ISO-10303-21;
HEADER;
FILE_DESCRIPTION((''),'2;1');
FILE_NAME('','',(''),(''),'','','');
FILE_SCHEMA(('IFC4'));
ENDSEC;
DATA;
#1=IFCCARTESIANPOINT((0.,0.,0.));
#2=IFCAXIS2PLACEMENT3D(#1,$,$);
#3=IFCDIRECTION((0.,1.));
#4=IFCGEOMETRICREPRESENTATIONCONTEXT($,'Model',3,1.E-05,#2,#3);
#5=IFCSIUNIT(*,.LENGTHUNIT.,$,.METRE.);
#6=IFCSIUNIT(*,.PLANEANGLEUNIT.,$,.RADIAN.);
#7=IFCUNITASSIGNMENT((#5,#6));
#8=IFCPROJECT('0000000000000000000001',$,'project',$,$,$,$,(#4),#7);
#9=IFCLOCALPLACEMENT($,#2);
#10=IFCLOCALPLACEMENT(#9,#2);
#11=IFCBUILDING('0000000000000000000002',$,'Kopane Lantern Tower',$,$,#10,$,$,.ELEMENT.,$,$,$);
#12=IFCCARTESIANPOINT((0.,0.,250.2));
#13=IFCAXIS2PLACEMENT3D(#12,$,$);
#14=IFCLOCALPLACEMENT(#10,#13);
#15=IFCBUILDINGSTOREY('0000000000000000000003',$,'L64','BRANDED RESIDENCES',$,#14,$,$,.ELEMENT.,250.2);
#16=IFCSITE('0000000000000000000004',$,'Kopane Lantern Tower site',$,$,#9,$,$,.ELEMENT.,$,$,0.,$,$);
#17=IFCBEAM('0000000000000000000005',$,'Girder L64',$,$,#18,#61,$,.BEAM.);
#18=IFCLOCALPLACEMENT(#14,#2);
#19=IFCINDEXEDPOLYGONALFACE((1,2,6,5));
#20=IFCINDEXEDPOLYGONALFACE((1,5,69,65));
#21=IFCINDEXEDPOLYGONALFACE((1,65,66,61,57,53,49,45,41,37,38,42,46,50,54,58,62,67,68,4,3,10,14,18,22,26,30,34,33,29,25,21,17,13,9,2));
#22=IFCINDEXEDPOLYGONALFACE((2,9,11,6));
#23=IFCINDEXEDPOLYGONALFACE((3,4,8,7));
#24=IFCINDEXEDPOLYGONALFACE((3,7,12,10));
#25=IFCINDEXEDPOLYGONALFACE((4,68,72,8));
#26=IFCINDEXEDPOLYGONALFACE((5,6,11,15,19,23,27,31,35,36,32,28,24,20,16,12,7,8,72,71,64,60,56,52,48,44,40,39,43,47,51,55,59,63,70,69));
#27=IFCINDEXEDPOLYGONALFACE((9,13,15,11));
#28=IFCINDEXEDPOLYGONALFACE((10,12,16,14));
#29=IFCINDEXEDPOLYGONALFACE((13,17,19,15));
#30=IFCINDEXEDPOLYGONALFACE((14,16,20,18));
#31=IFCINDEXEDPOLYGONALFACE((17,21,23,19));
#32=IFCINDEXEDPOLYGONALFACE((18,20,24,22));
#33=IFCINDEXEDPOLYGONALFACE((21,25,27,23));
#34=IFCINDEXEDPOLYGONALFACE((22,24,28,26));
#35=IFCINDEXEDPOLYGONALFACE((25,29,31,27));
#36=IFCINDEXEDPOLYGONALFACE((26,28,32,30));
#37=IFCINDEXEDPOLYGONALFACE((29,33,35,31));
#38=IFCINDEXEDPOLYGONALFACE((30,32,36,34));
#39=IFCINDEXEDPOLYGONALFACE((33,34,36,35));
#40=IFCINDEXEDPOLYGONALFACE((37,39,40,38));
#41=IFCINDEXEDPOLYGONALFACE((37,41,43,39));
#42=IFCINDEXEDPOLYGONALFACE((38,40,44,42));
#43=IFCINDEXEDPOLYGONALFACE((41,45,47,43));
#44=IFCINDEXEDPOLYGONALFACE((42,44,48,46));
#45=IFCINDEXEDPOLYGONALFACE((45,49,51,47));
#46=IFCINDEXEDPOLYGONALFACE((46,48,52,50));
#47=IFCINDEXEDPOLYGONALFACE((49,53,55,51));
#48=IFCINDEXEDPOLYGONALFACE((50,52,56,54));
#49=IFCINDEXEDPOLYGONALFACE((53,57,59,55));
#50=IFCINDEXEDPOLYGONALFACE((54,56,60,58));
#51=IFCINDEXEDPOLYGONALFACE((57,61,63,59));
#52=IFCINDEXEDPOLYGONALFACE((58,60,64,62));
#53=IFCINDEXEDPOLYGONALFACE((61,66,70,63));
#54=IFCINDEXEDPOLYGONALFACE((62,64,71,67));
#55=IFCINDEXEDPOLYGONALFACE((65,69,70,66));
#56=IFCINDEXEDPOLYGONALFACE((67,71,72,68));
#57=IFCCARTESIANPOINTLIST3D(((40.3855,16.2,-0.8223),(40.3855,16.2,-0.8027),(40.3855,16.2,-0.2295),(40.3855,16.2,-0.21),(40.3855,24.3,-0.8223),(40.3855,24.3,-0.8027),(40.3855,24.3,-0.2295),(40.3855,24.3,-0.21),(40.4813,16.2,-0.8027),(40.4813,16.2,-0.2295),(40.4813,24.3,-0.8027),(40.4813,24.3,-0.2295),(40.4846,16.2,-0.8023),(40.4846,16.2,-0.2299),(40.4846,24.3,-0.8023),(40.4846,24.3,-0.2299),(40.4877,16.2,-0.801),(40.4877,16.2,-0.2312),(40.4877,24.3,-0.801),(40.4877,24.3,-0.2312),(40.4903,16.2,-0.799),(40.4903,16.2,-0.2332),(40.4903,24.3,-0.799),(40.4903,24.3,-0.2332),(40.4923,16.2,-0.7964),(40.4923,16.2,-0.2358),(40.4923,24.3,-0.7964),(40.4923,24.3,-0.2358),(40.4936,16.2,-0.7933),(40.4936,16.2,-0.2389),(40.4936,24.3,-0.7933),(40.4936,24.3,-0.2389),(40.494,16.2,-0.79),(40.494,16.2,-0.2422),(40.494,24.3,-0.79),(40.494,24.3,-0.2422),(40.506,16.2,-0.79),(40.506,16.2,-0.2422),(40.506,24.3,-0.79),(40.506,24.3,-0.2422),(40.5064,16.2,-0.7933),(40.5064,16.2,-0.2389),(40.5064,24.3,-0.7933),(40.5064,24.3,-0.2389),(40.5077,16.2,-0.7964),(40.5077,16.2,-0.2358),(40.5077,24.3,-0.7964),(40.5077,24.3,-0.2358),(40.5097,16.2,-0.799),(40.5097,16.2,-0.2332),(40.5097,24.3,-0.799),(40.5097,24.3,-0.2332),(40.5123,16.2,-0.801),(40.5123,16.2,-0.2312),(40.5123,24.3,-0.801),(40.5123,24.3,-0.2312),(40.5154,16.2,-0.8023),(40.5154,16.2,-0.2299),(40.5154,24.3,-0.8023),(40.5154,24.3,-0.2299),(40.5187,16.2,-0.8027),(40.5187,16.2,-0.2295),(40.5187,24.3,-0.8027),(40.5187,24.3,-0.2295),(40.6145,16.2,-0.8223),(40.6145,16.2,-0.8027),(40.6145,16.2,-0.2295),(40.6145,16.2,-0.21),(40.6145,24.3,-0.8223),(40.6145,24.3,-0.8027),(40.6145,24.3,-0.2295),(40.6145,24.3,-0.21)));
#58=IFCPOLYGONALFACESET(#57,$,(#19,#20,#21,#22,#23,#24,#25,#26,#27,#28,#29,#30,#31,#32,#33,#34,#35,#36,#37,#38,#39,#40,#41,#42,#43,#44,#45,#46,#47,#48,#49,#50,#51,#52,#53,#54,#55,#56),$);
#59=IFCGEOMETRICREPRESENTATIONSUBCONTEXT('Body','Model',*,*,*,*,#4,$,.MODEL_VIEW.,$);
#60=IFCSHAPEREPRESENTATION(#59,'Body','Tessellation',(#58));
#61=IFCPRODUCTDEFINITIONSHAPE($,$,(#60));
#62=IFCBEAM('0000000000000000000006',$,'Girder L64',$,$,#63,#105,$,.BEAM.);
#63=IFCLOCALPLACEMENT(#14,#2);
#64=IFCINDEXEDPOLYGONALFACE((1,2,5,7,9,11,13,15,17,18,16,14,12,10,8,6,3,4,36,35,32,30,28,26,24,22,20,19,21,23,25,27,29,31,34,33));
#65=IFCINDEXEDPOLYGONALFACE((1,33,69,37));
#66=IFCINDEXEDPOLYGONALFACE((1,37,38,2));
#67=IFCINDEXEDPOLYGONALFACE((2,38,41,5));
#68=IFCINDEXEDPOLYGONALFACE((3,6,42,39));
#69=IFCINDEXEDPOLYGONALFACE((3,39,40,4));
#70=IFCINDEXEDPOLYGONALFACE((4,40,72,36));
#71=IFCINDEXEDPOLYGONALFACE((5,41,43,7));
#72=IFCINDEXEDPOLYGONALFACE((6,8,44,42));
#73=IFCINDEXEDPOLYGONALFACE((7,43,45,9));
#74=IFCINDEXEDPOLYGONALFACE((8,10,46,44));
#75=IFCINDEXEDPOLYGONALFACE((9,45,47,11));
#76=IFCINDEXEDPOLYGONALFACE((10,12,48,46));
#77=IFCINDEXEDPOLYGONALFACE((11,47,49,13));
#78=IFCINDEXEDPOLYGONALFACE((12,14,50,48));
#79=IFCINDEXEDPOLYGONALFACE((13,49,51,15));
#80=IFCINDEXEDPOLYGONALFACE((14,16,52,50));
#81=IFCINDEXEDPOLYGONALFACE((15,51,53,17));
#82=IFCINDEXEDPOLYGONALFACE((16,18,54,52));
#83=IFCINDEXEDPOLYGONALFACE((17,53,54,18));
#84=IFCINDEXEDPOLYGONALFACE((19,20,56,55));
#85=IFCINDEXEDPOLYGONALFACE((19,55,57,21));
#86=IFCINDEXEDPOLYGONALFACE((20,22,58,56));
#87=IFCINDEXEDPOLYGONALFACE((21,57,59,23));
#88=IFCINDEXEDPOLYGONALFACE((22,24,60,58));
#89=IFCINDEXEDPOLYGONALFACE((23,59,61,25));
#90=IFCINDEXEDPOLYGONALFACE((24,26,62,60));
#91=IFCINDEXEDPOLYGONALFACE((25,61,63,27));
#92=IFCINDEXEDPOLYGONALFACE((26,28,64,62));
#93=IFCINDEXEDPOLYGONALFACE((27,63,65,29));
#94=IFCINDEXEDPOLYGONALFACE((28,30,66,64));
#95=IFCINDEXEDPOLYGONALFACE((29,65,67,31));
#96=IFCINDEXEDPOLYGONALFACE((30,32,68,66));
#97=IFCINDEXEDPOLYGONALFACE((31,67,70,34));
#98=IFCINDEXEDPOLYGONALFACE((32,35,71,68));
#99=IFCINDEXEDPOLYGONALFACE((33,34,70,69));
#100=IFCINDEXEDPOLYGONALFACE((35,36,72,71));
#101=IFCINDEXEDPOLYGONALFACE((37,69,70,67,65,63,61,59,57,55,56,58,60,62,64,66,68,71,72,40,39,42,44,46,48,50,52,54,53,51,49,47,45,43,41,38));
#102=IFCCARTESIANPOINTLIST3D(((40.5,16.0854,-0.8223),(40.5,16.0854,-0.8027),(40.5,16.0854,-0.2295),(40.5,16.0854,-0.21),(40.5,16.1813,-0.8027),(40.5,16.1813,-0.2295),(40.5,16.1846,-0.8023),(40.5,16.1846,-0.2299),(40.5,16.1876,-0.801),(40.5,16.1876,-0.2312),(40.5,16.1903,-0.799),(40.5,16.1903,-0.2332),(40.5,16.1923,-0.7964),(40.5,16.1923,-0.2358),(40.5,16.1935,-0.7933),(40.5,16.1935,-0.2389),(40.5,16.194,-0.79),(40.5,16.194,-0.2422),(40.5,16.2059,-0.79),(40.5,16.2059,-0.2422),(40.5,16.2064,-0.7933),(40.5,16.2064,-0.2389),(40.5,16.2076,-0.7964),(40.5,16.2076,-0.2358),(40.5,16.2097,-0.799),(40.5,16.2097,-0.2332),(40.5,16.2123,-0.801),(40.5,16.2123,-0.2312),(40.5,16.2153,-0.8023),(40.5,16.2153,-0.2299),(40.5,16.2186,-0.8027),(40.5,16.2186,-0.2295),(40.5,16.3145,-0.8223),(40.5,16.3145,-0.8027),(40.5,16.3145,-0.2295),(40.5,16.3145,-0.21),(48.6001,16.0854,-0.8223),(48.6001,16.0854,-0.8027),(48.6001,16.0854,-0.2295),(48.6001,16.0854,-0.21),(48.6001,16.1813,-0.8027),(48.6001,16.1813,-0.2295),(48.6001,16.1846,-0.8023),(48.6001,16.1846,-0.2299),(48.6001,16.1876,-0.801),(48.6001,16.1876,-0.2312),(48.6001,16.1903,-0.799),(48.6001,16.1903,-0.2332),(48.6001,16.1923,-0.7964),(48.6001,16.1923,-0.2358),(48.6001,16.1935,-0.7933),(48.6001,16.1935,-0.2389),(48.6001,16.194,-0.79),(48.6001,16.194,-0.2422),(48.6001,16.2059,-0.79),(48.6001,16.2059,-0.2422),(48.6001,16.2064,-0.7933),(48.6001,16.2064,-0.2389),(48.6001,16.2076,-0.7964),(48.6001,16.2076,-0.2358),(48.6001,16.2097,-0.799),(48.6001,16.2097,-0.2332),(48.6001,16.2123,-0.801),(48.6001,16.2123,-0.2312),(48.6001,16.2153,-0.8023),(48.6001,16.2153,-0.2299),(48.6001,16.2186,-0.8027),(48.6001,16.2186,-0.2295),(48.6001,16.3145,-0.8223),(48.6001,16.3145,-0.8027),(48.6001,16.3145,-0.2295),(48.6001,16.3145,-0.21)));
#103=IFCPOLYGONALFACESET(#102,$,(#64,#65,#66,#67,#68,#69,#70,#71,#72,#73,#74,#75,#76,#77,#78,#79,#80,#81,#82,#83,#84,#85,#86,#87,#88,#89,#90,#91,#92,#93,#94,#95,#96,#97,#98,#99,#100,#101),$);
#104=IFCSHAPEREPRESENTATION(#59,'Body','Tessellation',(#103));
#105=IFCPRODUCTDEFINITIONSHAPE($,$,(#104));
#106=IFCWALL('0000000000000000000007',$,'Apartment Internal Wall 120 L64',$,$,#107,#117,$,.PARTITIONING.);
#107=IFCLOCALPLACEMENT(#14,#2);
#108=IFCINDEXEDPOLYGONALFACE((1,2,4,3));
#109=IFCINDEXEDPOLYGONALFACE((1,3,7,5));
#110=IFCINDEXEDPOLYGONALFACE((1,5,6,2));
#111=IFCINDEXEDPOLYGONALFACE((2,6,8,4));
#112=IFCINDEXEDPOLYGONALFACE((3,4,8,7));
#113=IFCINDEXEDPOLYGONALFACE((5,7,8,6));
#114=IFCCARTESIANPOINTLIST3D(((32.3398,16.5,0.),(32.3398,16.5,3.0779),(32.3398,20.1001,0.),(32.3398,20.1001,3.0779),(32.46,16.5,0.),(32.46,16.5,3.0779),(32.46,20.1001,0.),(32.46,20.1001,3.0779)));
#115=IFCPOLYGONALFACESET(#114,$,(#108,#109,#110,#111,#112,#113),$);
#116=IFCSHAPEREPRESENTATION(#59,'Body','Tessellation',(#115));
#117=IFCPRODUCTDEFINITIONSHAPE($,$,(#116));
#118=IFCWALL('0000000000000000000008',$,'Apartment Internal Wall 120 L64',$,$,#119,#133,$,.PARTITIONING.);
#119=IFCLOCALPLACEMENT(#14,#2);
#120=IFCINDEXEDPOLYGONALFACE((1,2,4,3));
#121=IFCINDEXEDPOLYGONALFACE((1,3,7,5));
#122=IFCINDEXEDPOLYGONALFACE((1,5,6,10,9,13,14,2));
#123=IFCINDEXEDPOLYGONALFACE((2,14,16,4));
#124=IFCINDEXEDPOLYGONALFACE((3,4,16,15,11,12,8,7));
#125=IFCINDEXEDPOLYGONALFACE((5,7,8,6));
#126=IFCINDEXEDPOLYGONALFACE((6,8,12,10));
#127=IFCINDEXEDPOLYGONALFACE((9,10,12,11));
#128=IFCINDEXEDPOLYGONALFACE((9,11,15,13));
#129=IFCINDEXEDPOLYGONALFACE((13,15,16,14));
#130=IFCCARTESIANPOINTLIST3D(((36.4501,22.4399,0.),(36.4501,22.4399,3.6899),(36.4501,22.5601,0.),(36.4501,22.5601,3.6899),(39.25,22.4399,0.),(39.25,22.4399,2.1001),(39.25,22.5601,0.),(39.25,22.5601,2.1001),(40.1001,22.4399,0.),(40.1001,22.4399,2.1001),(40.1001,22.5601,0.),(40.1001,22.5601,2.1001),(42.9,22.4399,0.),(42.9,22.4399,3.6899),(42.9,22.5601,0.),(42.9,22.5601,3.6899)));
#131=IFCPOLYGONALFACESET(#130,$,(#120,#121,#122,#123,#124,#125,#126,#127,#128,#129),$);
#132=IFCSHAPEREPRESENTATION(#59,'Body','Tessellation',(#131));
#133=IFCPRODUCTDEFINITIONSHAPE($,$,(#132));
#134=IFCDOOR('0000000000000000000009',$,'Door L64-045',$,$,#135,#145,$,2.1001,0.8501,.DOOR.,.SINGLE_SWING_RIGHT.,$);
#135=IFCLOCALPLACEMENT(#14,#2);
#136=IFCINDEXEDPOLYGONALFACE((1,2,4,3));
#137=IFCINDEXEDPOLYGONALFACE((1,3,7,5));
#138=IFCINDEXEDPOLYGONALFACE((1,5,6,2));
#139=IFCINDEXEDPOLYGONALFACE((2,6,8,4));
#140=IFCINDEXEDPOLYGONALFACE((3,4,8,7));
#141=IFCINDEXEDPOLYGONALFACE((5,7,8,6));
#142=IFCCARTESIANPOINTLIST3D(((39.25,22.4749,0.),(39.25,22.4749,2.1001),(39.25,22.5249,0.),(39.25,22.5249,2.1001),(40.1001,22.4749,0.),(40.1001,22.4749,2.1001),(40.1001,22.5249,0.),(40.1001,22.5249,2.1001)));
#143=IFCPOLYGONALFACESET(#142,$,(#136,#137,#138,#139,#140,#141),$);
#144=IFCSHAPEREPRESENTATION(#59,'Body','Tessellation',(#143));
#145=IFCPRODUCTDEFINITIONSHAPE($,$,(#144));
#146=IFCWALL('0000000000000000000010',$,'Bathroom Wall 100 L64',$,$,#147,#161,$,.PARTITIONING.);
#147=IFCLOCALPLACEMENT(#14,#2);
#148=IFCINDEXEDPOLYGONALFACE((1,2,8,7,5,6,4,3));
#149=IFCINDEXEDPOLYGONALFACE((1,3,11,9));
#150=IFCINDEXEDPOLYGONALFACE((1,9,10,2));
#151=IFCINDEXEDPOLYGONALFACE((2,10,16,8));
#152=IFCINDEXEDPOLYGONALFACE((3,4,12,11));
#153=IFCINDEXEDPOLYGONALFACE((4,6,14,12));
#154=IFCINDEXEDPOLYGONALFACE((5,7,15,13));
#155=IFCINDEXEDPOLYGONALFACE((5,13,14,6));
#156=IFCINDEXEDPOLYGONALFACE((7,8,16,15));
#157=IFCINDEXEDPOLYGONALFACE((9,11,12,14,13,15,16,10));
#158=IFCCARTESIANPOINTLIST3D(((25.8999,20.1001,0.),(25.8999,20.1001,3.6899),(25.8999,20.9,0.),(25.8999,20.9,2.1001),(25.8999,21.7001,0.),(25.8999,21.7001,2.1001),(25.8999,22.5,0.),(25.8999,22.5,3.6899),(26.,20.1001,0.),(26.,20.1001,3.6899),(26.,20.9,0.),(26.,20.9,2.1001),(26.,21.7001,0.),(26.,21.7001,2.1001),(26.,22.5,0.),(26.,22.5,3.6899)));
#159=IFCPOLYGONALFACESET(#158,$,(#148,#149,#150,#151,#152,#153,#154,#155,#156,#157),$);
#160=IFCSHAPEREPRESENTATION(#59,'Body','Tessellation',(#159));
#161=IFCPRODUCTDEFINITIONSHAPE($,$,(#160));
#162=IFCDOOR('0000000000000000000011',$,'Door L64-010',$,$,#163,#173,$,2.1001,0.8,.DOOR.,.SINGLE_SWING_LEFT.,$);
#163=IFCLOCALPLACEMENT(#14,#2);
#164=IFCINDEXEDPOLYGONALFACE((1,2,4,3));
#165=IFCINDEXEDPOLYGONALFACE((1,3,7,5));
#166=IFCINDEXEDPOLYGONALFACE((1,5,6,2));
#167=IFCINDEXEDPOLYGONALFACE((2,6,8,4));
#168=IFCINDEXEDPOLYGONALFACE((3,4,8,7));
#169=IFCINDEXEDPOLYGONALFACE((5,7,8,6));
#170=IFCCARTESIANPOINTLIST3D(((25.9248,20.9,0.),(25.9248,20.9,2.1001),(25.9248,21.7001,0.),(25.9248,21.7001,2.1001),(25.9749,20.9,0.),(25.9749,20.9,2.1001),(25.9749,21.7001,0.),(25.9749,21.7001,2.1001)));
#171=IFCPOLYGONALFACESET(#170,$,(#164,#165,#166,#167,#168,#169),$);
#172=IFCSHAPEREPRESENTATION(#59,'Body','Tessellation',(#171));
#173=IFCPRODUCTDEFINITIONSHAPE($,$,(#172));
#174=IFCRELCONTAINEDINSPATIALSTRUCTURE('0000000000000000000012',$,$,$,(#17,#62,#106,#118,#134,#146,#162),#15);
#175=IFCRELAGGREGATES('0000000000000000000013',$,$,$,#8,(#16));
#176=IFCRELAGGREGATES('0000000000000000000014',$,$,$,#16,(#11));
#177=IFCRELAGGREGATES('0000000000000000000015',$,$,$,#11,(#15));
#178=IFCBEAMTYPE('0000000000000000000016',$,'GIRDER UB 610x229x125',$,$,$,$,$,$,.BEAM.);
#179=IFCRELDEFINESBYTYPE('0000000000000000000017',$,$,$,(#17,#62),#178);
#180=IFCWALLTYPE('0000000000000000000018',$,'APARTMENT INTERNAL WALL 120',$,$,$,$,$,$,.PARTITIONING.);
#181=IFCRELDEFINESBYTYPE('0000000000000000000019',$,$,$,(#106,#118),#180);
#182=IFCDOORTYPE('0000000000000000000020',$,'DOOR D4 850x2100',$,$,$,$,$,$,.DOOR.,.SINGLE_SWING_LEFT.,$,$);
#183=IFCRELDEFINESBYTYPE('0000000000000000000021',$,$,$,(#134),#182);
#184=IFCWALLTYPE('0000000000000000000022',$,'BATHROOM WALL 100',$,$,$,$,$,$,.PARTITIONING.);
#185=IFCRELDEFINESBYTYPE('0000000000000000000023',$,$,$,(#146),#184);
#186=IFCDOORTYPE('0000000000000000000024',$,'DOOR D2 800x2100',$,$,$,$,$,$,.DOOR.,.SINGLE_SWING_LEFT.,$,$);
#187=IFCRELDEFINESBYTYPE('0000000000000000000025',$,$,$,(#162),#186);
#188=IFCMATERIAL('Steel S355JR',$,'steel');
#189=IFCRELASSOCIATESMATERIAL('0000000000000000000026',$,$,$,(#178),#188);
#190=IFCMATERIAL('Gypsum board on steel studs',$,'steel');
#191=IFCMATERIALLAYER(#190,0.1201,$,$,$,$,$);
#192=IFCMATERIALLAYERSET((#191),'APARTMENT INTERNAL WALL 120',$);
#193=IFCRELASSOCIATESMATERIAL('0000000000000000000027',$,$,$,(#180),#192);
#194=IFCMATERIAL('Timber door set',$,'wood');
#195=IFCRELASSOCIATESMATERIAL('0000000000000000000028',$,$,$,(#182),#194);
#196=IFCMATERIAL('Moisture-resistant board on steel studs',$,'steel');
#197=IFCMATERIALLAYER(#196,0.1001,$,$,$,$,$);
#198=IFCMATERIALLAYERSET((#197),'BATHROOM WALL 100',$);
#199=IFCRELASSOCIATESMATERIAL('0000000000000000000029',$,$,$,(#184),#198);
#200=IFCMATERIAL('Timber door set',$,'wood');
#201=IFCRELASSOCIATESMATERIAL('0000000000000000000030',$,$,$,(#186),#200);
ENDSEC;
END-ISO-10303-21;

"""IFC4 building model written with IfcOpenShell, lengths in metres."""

from ifc_helpers import new_model, si_unit, direction, frame, frame_2d, origin, origin_2d, place, context, subcontext, project, spatial, rectangle, i_section, extrude, material, layer, layer_set, material_profile, profile_set, type_object, element, fill, save


model = new_model("IFC4")

# Units and contexts
model_context = context("Model", 3, precision=1e-05, world=origin(), true_north=direction((0.0, 1.0)))
body_context = subcontext(model_context, "Body", "Model", "MODEL_VIEW")
ifc_project = project(units=[si_unit("LENGTHUNIT", "METRE"), si_unit("PLANEANGLEUNIT", "RADIAN")], contexts=[model_context])

# Site, building, storey
site_placement = place(None, origin())
site = spatial("IfcSite", under=ifc_project, at=site_placement, Name="Kopane Lantern Tower site", CompositionType="ELEMENT", RefElevation=0.0)
building_placement = place(site_placement, origin())
building = spatial("IfcBuilding", under=site, at=building_placement, Name="Kopane Lantern Tower", CompositionType="ELEMENT")
storey_placement = place(building_placement, frame((0.0, 0.0, 250.2)))
storey = spatial("IfcBuildingStorey", under=building, at=storey_placement, Name="L64", Description="BRANDED RESIDENCES", CompositionType="ELEMENT", Elevation=250.2)

# Beams
ifc_material_1 = material(Name="Steel S355JR", Category="steel")
ifc_material_profile_1 = material_profile(ifc_material_1, i_section(OverallWidth=0.229, OverallDepth=0.6123, WebThickness=0.012, FlangeThickness=0.0195, FilletRadius=0.0127, at=origin_2d()), Name="UB 610x229x125")
ifc_profile_set_1 = profile_set([ifc_material_profile_1], Name="Steel S355JR")
beam_type_1 = type_object("IfcBeamType", Name="GIRDER UB 610x229x125", PredefinedType="BEAM", material=ifc_profile_set_1)
for number, where, z_axis, x_axis, name in (
    (1, (40.5, 16.2, -0.5161), (0.0, 1.0, 0.0), (-1.0, 0.0, 0.0), "Girder L64"),
    (2, (40.5, 16.2, -0.5161), (1.0, 0.0, 0.0), (0.0, 1.0, 0.0), "Girder L64"),
):
    element("IfcBeam", number, at=place(storey_placement, frame(where, z_axis=z_axis, x_axis=x_axis)), inside=storey, type_object=beam_type_1, Name=name, PredefinedType="BEAM", context=body_context, shape_type="SweptSolid", body=[
        extrude(i_section(OverallWidth=0.229, OverallDepth=0.6123, WebThickness=0.012, FlangeThickness=0.0195, FilletRadius=0.0127, at=origin_2d()), origin(), (0.0, 0.0, 1.0), 8.1001),
    ])

# Wall
ifc_material_2 = material(Name="Gypsum board on steel studs", Category="steel")
ifc_layer_1 = layer(ifc_material_2, 0.1201)
ifc_layer_set_1 = layer_set([ifc_layer_1], Name="APARTMENT INTERNAL WALL 120")
wall_type_1 = type_object("IfcWallType", Name="APARTMENT INTERNAL WALL 120", PredefinedType="PARTITIONING", material=ifc_layer_set_1)
wall_1_placement = place(storey_placement, frame((32.3999, 20.1001, 0.0), z_axis=(0.0, 0.0, 1.0), x_axis=(0.0, -1.0, 0.0)))
element("IfcWall", 3, at=wall_1_placement, inside=storey, type_object=wall_type_1, Name="Apartment Internal Wall 120 L64", PredefinedType="PARTITIONING", context=body_context, shape_type="SweptSolid", body=[
    extrude(rectangle(XDim=3.6001, YDim=0.1201, at=frame_2d((1.8, 0.0))), origin(), (0.0, 0.0, 1.0), 3.0779),
])

# Walls, openings, doors
wall_2_placement = place(storey_placement, frame((36.45, 22.5, 0.0), z_axis=(0.0, 0.0, 1.0), x_axis=(1.0, 0.0, 0.0)))
wall_2 = element("IfcWall", 4, at=wall_2_placement, inside=storey, type_object=wall_type_1, Name="Apartment Internal Wall 120 L64", PredefinedType="PARTITIONING", context=body_context, shape_type="SweptSolid", body=[
    extrude(rectangle(XDim=6.45, YDim=0.1201, at=frame_2d((3.2251, 0.0))), origin(), (0.0, 0.0, 1.0), 3.6899),
])
opening_1_placement = place(wall_2_placement, frame((2.8, 0.0, 0.0)))
opening_1 = element("IfcOpeningElement", 5, at=opening_1_placement, cuts=wall_2, PredefinedType="OPENING", context=body_context, shape_type="SweptSolid", body=[
    extrude(rectangle(XDim=0.8501, YDim=2.1001, at=frame_2d((0.425, 1.05))), frame((0.0, 0.0701, 0.0), z_axis=(0.0, -1.0, 0.0), x_axis=(1.0, 0.0, 0.0)), (0.0, 0.0, 1.0), 0.1401),
])
ifc_material_3 = material(Name="Timber door set", Category="wood")
door_type_1 = type_object("IfcDoorType", Name="DOOR D4 850x2100", OperationType="SINGLE_SWING_LEFT", PredefinedType="DOOR", material=ifc_material_3)
door_1_placement = place(opening_1_placement, origin())
door_1 = element("IfcDoor", 6, at=door_1_placement, inside=storey, type_object=door_type_1, Name="Door L64-045", OperationType="SINGLE_SWING_RIGHT", OverallHeight=2.1001, OverallWidth=0.8501, PredefinedType="DOOR", context=body_context, shape_type="SweptSolid", body=[
    extrude(rectangle(XDim=0.8501, YDim=2.1001, at=frame_2d((0.425, 1.05))), frame((0.0, 0.0249, 0.0), z_axis=(0.0, -1.0, 0.0), x_axis=(1.0, 0.0, 0.0)), (0.0, 0.0, 1.0), 0.05),
])
fill(opening_1, door_1)
ifc_material_4 = material(Name="Moisture-resistant board on steel studs", Category="steel")
ifc_layer_2 = layer(ifc_material_4, 0.1001)
ifc_layer_set_2 = layer_set([ifc_layer_2], Name="BATHROOM WALL 100")
wall_type_2 = type_object("IfcWallType", Name="BATHROOM WALL 100", PredefinedType="PARTITIONING", material=ifc_layer_set_2)
wall_3_placement = place(storey_placement, frame((25.95, 22.5, 0.0), z_axis=(0.0, 0.0, 1.0), x_axis=(0.0, -1.0, 0.0)))
wall_3 = element("IfcWall", 7, at=wall_3_placement, inside=storey, type_object=wall_type_2, Name="Bathroom Wall 100 L64", PredefinedType="PARTITIONING", context=body_context, shape_type="SweptSolid", body=[
    extrude(rectangle(XDim=2.3999, YDim=0.1001, at=frame_2d((1.2, 0.0))), origin(), (0.0, 0.0, 1.0), 3.6899),
])
opening_2_placement = place(wall_3_placement, frame((0.8, 0.0, 0.0)))
opening_2 = element("IfcOpeningElement", 8, at=opening_2_placement, cuts=wall_3, PredefinedType="OPENING", context=body_context, shape_type="SweptSolid", body=[
    extrude(rectangle(XDim=0.8, YDim=2.1001, at=frame_2d((0.3999, 1.05))), frame((0.0, 0.0601, 0.0), z_axis=(0.0, -1.0, 0.0), x_axis=(1.0, 0.0, 0.0)), (0.0, 0.0, 1.0), 0.1201),
])
ifc_material_5 = material(Name="Timber door set", Category="wood")
door_type_2 = type_object("IfcDoorType", Name="DOOR D2 800x2100", OperationType="SINGLE_SWING_LEFT", PredefinedType="DOOR", material=ifc_material_5)
door_2_placement = place(opening_2_placement, origin())
door_2 = element("IfcDoor", 9, at=door_2_placement, inside=storey, type_object=door_type_2, Name="Door L64-010", OperationType="SINGLE_SWING_LEFT", OverallHeight=2.1001, OverallWidth=0.8, PredefinedType="DOOR", context=body_context, shape_type="SweptSolid", body=[
    extrude(rectangle(XDim=0.8, YDim=2.1001, at=frame_2d((0.3999, 1.05))), frame((0.0, 0.0249, 0.0), z_axis=(0.0, -1.0, 0.0), x_axis=(1.0, 0.0, 0.0)), (0.0, 0.0, 1.0), 0.05),
])
fill(opening_2, door_2)

save(model, "model.ifc")
